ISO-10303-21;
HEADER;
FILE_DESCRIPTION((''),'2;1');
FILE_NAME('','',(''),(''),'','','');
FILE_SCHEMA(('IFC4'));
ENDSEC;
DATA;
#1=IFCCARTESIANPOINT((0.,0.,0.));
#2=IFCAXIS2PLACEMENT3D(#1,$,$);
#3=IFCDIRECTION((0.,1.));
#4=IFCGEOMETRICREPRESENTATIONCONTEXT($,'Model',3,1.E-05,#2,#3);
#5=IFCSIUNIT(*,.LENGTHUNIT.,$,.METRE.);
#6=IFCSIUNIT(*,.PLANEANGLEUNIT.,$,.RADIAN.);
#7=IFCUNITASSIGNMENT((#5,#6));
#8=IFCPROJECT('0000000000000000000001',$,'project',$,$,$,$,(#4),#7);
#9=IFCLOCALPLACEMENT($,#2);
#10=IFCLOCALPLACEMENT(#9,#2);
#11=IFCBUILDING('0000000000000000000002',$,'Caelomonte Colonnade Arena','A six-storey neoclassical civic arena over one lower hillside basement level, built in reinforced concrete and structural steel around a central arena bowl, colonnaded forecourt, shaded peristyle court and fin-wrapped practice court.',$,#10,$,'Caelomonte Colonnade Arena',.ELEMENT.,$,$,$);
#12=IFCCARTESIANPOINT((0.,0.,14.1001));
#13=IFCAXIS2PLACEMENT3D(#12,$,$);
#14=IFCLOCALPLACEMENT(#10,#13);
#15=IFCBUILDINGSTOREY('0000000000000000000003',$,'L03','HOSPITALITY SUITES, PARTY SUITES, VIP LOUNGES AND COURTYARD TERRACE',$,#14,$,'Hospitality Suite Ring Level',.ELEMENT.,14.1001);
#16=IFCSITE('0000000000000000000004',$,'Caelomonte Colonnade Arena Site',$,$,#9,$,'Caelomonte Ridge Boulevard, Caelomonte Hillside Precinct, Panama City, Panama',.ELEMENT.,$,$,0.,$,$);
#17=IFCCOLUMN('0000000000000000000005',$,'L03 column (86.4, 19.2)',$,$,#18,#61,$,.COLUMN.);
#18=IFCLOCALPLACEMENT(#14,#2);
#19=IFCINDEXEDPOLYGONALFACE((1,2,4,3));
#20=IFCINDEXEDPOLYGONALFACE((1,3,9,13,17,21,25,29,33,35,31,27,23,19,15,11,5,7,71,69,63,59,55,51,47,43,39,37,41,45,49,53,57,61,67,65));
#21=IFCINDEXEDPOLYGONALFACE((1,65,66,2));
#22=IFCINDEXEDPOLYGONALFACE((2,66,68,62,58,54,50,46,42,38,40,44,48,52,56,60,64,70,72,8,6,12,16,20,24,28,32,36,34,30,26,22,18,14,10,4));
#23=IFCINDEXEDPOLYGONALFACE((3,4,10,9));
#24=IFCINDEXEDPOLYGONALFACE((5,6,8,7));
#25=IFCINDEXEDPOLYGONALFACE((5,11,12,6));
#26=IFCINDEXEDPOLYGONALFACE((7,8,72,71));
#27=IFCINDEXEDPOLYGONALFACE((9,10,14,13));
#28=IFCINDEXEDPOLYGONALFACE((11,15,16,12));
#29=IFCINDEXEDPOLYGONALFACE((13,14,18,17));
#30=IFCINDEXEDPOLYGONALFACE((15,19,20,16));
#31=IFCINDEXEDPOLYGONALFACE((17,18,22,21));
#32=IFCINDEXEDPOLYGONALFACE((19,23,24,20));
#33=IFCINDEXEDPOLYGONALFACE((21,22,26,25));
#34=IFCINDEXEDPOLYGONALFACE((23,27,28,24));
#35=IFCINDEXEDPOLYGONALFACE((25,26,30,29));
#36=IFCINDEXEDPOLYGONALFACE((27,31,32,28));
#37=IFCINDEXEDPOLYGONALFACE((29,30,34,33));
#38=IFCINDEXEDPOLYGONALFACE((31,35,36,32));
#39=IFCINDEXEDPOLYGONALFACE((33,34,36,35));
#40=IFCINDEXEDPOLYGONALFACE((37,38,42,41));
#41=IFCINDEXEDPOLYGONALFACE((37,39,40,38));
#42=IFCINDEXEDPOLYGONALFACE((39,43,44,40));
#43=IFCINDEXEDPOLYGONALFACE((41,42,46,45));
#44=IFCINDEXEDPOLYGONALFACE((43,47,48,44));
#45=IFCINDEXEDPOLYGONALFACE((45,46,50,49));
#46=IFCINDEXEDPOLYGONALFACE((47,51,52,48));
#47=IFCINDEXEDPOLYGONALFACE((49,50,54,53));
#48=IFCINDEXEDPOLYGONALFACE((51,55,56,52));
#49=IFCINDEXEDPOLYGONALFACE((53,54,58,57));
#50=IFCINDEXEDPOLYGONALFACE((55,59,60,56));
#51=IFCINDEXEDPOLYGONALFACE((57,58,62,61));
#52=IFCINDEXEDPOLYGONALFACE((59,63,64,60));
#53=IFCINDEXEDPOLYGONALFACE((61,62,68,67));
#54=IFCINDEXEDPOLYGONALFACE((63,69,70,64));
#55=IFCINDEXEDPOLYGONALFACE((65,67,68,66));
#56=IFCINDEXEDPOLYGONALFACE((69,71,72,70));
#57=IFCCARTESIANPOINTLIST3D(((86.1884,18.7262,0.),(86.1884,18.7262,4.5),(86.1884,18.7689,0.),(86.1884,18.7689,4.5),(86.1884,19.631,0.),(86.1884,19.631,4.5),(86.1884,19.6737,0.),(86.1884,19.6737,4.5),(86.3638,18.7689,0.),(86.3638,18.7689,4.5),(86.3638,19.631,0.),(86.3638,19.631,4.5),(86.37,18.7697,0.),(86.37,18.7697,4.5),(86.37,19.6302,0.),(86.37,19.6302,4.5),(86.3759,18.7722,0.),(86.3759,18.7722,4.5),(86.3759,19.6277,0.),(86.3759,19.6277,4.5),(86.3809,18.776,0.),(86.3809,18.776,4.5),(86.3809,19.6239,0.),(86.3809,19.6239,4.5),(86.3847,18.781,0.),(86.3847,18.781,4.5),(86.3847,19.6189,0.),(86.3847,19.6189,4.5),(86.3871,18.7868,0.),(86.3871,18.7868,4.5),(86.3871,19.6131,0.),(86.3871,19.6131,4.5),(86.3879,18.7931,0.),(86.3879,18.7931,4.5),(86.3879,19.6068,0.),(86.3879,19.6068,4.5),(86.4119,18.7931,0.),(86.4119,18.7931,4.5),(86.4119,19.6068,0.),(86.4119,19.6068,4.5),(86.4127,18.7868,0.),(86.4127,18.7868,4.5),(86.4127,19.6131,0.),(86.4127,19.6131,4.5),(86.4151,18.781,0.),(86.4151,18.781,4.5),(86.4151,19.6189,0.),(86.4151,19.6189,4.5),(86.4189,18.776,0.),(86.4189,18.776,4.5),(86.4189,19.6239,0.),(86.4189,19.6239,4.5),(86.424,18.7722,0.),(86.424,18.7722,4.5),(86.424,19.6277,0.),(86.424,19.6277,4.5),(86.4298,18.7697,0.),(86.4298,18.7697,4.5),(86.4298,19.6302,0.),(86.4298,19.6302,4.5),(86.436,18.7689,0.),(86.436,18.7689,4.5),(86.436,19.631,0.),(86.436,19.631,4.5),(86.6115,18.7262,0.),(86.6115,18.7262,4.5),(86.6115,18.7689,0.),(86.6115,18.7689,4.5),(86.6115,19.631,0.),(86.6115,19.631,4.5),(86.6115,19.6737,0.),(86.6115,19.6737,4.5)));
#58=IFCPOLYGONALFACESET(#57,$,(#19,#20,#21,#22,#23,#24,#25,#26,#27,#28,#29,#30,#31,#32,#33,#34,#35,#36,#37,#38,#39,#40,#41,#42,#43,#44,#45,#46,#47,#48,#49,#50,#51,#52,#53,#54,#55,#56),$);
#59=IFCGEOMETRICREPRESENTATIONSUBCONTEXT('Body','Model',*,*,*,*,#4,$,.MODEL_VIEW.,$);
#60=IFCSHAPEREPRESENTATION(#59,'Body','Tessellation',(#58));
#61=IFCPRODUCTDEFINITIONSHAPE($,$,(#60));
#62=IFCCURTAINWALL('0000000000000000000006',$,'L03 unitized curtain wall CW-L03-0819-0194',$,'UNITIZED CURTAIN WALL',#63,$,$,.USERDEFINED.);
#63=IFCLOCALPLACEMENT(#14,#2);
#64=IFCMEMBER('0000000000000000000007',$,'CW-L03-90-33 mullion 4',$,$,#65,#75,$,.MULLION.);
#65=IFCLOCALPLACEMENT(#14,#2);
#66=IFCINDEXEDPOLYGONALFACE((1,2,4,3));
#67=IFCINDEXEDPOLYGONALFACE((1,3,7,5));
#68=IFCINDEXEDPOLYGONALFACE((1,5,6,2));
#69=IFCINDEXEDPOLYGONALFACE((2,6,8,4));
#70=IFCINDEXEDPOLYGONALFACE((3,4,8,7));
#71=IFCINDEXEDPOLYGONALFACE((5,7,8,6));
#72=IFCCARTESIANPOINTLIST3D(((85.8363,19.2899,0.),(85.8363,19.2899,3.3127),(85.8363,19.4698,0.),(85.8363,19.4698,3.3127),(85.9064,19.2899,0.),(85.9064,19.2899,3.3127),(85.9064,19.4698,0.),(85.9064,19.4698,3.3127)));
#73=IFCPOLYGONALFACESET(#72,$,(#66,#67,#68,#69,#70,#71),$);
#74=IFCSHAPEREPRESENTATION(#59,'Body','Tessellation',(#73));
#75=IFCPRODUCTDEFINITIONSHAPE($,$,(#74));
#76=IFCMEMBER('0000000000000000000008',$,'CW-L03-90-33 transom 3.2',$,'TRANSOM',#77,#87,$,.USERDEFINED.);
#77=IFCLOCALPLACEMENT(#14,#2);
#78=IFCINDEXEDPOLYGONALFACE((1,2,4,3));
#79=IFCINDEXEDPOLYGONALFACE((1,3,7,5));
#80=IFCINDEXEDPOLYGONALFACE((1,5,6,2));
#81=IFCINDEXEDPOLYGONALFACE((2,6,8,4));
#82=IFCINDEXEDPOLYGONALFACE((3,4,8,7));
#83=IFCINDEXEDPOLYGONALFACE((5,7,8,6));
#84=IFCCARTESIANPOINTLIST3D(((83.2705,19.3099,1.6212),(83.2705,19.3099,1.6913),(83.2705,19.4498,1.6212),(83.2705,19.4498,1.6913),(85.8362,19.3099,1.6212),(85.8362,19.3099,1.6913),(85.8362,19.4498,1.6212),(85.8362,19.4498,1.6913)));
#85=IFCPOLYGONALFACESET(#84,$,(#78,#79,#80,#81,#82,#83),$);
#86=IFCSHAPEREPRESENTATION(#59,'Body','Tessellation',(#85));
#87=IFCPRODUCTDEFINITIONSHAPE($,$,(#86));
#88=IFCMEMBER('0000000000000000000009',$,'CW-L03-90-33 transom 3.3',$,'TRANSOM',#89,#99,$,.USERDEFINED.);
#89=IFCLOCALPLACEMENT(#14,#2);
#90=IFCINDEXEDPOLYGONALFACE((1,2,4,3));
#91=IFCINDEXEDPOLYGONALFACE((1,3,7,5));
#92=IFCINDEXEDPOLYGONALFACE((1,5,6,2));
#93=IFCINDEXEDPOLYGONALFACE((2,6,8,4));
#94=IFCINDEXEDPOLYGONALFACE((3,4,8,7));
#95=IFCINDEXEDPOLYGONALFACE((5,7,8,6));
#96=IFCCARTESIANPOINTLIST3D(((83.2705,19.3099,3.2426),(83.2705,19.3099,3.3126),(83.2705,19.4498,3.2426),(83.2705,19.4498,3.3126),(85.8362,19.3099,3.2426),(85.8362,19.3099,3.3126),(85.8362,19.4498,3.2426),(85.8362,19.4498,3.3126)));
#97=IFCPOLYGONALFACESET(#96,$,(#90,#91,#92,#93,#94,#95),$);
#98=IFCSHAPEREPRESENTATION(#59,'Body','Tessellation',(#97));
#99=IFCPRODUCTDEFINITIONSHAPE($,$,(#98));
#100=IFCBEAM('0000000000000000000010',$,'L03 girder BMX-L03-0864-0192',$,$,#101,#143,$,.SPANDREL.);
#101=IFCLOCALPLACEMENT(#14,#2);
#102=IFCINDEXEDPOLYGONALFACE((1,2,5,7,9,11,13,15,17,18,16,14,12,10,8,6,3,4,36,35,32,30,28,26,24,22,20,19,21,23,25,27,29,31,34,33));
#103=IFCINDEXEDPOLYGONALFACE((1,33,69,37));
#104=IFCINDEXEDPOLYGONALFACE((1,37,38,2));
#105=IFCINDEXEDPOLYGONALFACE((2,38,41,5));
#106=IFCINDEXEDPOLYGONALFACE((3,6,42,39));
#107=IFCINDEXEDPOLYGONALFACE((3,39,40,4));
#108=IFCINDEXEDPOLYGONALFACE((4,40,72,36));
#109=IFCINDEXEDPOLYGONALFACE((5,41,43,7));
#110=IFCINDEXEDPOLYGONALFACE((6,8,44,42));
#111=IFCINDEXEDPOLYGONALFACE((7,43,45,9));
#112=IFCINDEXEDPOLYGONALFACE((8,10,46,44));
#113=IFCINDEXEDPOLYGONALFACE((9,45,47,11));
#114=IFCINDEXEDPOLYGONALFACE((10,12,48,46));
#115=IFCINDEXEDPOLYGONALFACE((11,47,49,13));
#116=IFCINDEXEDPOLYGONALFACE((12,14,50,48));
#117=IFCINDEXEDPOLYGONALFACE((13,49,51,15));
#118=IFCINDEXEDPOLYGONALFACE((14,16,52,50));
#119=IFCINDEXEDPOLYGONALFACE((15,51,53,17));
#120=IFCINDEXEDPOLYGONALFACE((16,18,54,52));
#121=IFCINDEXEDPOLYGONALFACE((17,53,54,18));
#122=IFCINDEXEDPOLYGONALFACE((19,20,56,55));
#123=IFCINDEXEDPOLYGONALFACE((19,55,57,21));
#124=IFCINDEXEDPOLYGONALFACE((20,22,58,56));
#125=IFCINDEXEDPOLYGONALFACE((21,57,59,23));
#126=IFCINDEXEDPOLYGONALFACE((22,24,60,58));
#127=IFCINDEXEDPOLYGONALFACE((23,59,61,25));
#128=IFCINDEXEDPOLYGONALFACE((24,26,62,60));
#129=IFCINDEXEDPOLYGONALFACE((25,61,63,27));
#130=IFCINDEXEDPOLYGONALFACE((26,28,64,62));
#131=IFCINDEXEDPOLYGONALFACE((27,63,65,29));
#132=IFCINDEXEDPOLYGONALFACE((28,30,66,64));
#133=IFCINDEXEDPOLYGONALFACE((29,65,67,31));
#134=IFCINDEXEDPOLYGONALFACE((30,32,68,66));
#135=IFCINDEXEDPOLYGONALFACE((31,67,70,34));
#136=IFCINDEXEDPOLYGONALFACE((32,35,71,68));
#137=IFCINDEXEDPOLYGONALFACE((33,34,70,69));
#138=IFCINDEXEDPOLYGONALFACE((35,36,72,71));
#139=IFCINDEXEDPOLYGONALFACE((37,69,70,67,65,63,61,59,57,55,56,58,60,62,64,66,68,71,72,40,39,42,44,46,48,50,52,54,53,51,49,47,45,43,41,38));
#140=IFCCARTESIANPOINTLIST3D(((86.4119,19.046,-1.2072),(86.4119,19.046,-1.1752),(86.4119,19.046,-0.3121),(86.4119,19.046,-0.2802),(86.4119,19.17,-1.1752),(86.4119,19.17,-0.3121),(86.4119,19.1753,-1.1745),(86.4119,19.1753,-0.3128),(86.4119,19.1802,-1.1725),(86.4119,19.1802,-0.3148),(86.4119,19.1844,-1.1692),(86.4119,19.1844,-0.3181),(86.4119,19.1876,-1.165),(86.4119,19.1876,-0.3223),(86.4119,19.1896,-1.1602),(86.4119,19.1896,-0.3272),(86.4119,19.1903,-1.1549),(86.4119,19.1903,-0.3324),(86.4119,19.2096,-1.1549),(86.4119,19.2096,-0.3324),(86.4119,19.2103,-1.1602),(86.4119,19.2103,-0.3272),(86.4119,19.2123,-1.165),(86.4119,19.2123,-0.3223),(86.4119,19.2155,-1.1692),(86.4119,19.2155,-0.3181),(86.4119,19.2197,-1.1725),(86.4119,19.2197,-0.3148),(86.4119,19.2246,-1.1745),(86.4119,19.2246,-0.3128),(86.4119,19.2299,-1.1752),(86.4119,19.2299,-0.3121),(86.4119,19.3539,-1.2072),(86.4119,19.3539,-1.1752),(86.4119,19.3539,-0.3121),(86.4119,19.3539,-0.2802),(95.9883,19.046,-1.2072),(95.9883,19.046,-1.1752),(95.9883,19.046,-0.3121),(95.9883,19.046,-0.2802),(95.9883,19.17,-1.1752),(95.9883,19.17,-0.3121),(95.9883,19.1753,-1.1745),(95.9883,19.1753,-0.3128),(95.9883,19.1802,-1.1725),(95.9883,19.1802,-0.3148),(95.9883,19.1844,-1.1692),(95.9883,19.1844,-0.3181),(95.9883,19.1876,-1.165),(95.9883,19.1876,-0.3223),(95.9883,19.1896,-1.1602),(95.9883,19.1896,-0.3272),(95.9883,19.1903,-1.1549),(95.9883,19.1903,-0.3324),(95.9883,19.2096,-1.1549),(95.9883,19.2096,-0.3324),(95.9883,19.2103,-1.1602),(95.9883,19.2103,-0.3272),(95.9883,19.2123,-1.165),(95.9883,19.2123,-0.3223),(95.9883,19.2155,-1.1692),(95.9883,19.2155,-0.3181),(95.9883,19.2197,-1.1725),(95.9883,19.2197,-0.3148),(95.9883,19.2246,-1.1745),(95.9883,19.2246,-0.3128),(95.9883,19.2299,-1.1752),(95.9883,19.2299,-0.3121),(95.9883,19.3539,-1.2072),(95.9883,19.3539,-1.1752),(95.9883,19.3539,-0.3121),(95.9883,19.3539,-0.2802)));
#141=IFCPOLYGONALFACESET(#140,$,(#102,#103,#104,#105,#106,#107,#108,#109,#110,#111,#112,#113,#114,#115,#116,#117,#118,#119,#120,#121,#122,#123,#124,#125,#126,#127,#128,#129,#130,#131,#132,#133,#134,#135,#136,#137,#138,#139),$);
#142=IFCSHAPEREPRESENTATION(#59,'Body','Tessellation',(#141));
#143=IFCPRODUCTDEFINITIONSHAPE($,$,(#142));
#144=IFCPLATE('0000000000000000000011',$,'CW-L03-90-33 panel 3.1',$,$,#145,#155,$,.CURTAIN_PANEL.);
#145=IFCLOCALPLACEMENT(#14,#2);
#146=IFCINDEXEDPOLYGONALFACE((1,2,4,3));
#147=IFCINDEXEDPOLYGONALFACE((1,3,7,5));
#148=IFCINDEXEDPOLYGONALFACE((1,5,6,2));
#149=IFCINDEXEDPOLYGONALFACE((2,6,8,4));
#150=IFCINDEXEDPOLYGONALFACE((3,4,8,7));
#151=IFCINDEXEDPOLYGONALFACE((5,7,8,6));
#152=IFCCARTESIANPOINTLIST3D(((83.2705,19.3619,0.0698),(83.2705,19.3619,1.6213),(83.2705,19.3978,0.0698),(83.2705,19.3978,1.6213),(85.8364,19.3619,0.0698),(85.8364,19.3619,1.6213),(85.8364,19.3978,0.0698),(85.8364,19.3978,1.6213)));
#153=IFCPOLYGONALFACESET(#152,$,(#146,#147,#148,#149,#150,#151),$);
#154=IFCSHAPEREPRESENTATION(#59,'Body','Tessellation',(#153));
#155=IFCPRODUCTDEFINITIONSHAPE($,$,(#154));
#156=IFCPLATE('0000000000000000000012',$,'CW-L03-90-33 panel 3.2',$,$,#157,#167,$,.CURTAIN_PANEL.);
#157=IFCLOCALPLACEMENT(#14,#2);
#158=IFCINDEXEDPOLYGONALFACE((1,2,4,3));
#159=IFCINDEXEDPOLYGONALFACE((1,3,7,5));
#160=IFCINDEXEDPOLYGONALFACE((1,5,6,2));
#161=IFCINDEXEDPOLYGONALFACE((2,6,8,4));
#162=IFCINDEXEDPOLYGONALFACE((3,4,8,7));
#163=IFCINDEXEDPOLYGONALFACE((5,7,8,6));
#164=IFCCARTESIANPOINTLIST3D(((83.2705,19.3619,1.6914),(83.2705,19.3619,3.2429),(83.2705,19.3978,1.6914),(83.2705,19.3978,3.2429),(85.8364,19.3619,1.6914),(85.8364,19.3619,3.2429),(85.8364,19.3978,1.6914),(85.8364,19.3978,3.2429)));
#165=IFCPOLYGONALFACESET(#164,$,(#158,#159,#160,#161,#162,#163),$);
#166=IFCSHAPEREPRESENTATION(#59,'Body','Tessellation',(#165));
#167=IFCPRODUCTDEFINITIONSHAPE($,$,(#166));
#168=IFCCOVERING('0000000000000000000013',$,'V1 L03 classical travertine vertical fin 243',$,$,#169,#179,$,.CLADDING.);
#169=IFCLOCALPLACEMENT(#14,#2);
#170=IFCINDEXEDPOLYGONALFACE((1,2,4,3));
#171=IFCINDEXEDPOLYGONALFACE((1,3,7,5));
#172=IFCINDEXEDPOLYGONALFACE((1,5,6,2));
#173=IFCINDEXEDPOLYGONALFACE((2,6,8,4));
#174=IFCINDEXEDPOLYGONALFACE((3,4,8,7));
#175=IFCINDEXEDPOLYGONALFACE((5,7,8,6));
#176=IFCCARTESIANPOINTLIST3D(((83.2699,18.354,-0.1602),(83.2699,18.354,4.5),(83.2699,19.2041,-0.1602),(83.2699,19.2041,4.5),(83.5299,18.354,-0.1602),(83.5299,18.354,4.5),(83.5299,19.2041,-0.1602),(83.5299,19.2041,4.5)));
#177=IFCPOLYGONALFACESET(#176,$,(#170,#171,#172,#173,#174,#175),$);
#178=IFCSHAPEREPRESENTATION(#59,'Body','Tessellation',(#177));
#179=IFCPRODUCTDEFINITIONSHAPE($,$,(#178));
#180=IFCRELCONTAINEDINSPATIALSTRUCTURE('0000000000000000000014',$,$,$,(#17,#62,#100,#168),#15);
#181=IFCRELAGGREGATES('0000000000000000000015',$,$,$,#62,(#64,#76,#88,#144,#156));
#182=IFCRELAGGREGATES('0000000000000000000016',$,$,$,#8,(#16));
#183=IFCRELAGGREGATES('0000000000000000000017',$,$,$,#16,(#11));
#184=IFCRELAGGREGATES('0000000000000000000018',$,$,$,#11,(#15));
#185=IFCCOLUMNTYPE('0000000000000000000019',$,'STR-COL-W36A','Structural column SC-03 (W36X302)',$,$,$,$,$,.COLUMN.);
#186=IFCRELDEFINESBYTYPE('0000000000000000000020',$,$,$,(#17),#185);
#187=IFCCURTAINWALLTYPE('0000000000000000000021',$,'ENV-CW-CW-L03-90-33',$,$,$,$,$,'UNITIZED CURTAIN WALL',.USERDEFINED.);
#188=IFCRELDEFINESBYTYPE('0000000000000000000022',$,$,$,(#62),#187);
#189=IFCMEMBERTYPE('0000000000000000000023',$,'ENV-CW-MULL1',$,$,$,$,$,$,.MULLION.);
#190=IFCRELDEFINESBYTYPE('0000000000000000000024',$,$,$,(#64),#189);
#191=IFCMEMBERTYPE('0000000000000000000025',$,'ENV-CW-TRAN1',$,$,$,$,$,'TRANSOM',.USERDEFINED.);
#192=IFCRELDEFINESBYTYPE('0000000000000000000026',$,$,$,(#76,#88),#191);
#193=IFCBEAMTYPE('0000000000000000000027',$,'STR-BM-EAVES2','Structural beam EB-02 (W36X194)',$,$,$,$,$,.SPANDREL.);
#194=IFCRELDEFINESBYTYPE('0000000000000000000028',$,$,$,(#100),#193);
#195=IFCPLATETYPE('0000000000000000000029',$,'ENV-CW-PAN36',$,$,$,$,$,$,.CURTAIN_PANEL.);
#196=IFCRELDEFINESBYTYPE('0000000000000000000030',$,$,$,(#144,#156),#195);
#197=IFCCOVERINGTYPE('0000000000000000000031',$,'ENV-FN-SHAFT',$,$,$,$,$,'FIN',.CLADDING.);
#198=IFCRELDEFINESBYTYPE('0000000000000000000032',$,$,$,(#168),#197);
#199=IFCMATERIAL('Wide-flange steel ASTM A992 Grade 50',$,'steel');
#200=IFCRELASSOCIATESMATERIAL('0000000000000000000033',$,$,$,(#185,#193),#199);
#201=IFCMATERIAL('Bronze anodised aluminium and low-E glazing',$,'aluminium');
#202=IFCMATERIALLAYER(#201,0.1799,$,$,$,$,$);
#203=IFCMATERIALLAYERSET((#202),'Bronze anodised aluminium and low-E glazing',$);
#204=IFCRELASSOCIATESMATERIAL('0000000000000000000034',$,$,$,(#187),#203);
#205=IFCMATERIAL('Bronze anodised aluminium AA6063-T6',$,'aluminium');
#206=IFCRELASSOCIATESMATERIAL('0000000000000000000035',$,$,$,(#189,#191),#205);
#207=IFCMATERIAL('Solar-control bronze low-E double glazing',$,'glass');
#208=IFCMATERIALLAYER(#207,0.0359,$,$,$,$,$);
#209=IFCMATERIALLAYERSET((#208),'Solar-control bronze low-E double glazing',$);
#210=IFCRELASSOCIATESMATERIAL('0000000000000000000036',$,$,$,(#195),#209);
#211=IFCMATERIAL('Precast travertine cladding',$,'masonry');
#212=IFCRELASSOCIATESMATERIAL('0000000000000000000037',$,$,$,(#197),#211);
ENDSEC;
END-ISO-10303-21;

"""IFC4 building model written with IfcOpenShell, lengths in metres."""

from ifc_helpers import new_model, si_unit, direction, frame, origin, origin_2d, place, context, subcontext, project, spatial, rectangle, i_section, extrude, material, layer, layer_set, material_profile, profile_set, type_object, element, aggregate, save


model = new_model("IFC4")

# Units and contexts
model_context = context("Model", 3, precision=1e-05, world=origin(), true_north=direction((0.0, 1.0)))
body_context = subcontext(model_context, "Body", "Model", "MODEL_VIEW")
ifc_project = project(units=[si_unit("LENGTHUNIT", "METRE"), si_unit("PLANEANGLEUNIT", "RADIAN")], contexts=[model_context])

# Site, building, storey
site_placement = place(None, origin())
site = spatial("IfcSite", under=ifc_project, at=site_placement, Name="Caelomonte Colonnade Arena Site", LongName="Caelomonte Ridge Boulevard, Caelomonte Hillside Precinct, Panama City, Panama", CompositionType="ELEMENT", RefElevation=0.0)
building_placement = place(site_placement, origin())
building = spatial("IfcBuilding", under=site, at=building_placement, Name="Caelomonte Colonnade Arena", Description="A six-storey neoclassical civic arena over one lower hillside basement level, built in reinforced concrete and structural steel around a central arena bowl, colonnaded forecourt, shaded peristyle court and fin-wrapped practice court.", LongName="Caelomonte Colonnade Arena", CompositionType="ELEMENT")
storey_placement = place(building_placement, frame((0.0, 0.0, 14.1001)))
storey = spatial("IfcBuildingStorey", under=building, at=storey_placement, Name="L03", Description="HOSPITALITY SUITES, PARTY SUITES, VIP LOUNGES AND COURTYARD TERRACE", LongName="Hospitality Suite Ring Level", CompositionType="ELEMENT", Elevation=14.1001)

# Column
ifc_material_1 = material(Name="Wide-flange steel ASTM A992 Grade 50", Category="steel")
ifc_material_profile_1 = material_profile(ifc_material_1, i_section(OverallWidth=0.4231, OverallDepth=0.9475, WebThickness=0.0239, FlangeThickness=0.0427, FilletRadius=0.0242, at=origin_2d()), Name="W36X302")
ifc_profile_set_1 = profile_set([ifc_material_profile_1], Name="Wide-flange steel ASTM A992 Grade 50")
column_type = type_object("IfcColumnType", Name="STR-COL-W36A", Description="Structural column SC-03 (W36X302)", PredefinedType="COLUMN", material=ifc_profile_set_1)
column_placement = place(storey_placement, frame((86.3999, 19.2, 0.0), z_axis=(0.0, 0.0, 1.0), x_axis=(1.0, 0.0, 0.0)))
element("IfcColumn", 1, at=column_placement, inside=storey, type_object=column_type, Name="L03 column (86.4, 19.2)", PredefinedType="COLUMN", context=body_context, shape_type="SweptSolid", body=[
    extrude(i_section(OverallWidth=0.4231, OverallDepth=0.9475, WebThickness=0.0239, FlangeThickness=0.0427, FilletRadius=0.0242, at=origin_2d()), origin(), (0.0, 0.0, 1.0), 4.5),
])

# Curtain wall, members
ifc_material_2 = material(Name="Bronze anodised aluminium and low-E glazing", Category="aluminium")
ifc_layer_1 = layer(ifc_material_2, 0.1799)
ifc_layer_set_1 = layer_set([ifc_layer_1], Name="Bronze anodised aluminium and low-E glazing")
curtain_wall_type = type_object("IfcCurtainWallType", Name="ENV-CW-CW-L03-90-33", ElementType="UNITIZED CURTAIN WALL", PredefinedType="USERDEFINED", material=ifc_layer_set_1)
curtain_wall_placement = place(storey_placement, origin())
curtain_wall = element("IfcCurtainWall", 2, at=curtain_wall_placement, inside=storey, type_object=curtain_wall_type, Name="L03 unitized curtain wall CW-L03-0819-0194", ObjectType="UNITIZED CURTAIN WALL", PredefinedType="USERDEFINED")
ifc_material_3 = material(Name="Bronze anodised aluminium AA6063-T6", Category="aluminium")
ifc_material_profile_2 = material_profile(ifc_material_3, rectangle(XDim=0.0701, YDim=0.1799, at=origin_2d()), Name="CWM-70X180")
ifc_profile_set_2 = profile_set([ifc_material_profile_2], Name="Bronze anodised aluminium AA6063-T6")
member_type_1 = type_object("IfcMemberType", Name="ENV-CW-MULL1", PredefinedType="MULLION", material=ifc_profile_set_2)
member_1_placement = place(storey_placement, frame((85.8713, 19.3799, 0.0), z_axis=(0.0, 0.0, 1.0), x_axis=(1.0, 0.0, 0.0)))
member_1 = element("IfcMember", 3, at=member_1_placement, type_object=member_type_1, Name="CW-L03-90-33 mullion 4", PredefinedType="MULLION", context=body_context, shape_type="SweptSolid", body=[
    extrude(rectangle(XDim=0.0701, YDim=0.1799, at=origin_2d()), origin(), (0.0, 0.0, 1.0), 3.3127),
])
ifc_material_profile_3 = material_profile(ifc_material_3, rectangle(XDim=0.0701, YDim=0.1399, at=origin_2d()), Name="CWT-70X140")
ifc_profile_set_3 = profile_set([ifc_material_profile_3], Name="Bronze anodised aluminium AA6063-T6")
member_type_2 = type_object("IfcMemberType", Name="ENV-CW-TRAN1", ElementType="TRANSOM", PredefinedType="USERDEFINED", material=ifc_profile_set_3)
member_2_placement = place(storey_placement, frame((83.2705, 19.3799, 1.6562), z_axis=(1.0, 0.0, 0.0), x_axis=(0.0, 0.0, 1.0)))
member_2 = element("IfcMember", 4, at=member_2_placement, type_object=member_type_2, Name="CW-L03-90-33 transom 3.2", ObjectType="TRANSOM", PredefinedType="USERDEFINED", context=body_context, shape_type="SweptSolid", body=[
    extrude(rectangle(XDim=0.0701, YDim=0.1399, at=origin_2d()), origin(), (0.0, 0.0, 1.0), 2.5657),
])
member_3_placement = place(storey_placement, frame((83.2705, 19.3799, 3.2776), z_axis=(1.0, 0.0, 0.0), x_axis=(0.0, 0.0, 1.0)))
member_3 = element("IfcMember", 5, at=member_3_placement, type_object=member_type_2, Name="CW-L03-90-33 transom 3.3", ObjectType="TRANSOM", PredefinedType="USERDEFINED", context=body_context, shape_type="SweptSolid", body=[
    extrude(rectangle(XDim=0.0701, YDim=0.1399, at=origin_2d()), origin(), (0.0, 0.0, 1.0), 2.5657),
])

# Beam
ifc_material_profile_4 = material_profile(ifc_material_1, i_section(OverallWidth=0.3079, OverallDepth=0.927, WebThickness=0.0193, FlangeThickness=0.032, FilletRadius=0.0203, at=origin_2d()), Name="W36X194")
ifc_profile_set_4 = profile_set([ifc_material_profile_4], Name="Wide-flange steel ASTM A992 Grade 50")
beam_type = type_object("IfcBeamType", Name="STR-BM-EAVES2", Description="Structural beam EB-02 (W36X194)", PredefinedType="SPANDREL", material=ifc_profile_set_4)
beam_placement = place(storey_placement, frame((86.4119, 19.2, -0.7437), z_axis=(1.0, 0.0, 0.0), x_axis=(0.0, 1.0, 0.0)))
element("IfcBeam", 6, at=beam_placement, inside=storey, type_object=beam_type, Name="L03 girder BMX-L03-0864-0192", PredefinedType="SPANDREL", context=body_context, shape_type="SweptSolid", body=[
    extrude(i_section(OverallWidth=0.3079, OverallDepth=0.927, WebThickness=0.0193, FlangeThickness=0.032, FilletRadius=0.0203, at=origin_2d()), origin(), (0.0, 0.0, 1.0), 9.5764),
])

# Plates
ifc_material_4 = material(Name="Solar-control bronze low-E double glazing", Category="glass")
ifc_layer_2 = layer(ifc_material_4, 0.0359)
ifc_layer_set_2 = layer_set([ifc_layer_2], Name="Solar-control bronze low-E double glazing")
plate_type = type_object("IfcPlateType", Name="ENV-CW-PAN36", PredefinedType="CURTAIN_PANEL", material=ifc_layer_set_2)
plate_1_placement = place(storey_placement, frame((84.5535, 19.3799, 0.0698), z_axis=(0.0, 0.0, 1.0), x_axis=(1.0, 0.0, 0.0)))
plate_1 = element("IfcPlate", 7, at=plate_1_placement, type_object=plate_type, Name="CW-L03-90-33 panel 3.1", PredefinedType="CURTAIN_PANEL", context=body_context, shape_type="SweptSolid", body=[
    extrude(rectangle(XDim=2.5659, YDim=0.0359, at=origin_2d()), origin(), (0.0, 0.0, 1.0), 1.5515),
])
plate_2_placement = place(storey_placement, frame((84.5535, 19.3799, 1.6914), z_axis=(0.0, 0.0, 1.0), x_axis=(1.0, 0.0, 0.0)))
plate_2 = element("IfcPlate", 8, at=plate_2_placement, type_object=plate_type, Name="CW-L03-90-33 panel 3.2", PredefinedType="CURTAIN_PANEL", context=body_context, shape_type="SweptSolid", body=[
    extrude(rectangle(XDim=2.5659, YDim=0.0359, at=origin_2d()), origin(), (0.0, 0.0, 1.0), 1.5515),
])
aggregate(curtain_wall, [member_1, member_2, member_3, plate_1, plate_2])

# Covering
ifc_material_5 = material(Name="Precast travertine cladding", Category="masonry")
ifc_material_profile_5 = material_profile(ifc_material_5, rectangle(XDim=0.26, YDim=0.8501, at=origin_2d()), Name="FIN260X850")
ifc_profile_set_5 = profile_set([ifc_material_profile_5], Name="Precast travertine cladding")
covering_type = type_object("IfcCoveringType", Name="ENV-FN-SHAFT", ElementType="FIN", PredefinedType="CLADDING", material=ifc_profile_set_5)
for number, where, z_axis, x_axis, name in (
    (9, (83.3999, 18.7791, -0.1602), (0.0, 0.0, 1.0), (-1.0, 0.0, 0.0), "V1 L03 classical travertine vertical fin 243"),
):
    element("IfcCovering", number, at=place(storey_placement, frame(where, z_axis=z_axis, x_axis=x_axis)), inside=storey, type_object=covering_type, Name=name, PredefinedType="CLADDING", context=body_context, shape_type="SweptSolid", body=[
        extrude(rectangle(XDim=0.26, YDim=0.8501, at=origin_2d()), origin(), (0.0, 0.0, 1.0), 4.6602),
    ])

save(model, "model.ifc")
